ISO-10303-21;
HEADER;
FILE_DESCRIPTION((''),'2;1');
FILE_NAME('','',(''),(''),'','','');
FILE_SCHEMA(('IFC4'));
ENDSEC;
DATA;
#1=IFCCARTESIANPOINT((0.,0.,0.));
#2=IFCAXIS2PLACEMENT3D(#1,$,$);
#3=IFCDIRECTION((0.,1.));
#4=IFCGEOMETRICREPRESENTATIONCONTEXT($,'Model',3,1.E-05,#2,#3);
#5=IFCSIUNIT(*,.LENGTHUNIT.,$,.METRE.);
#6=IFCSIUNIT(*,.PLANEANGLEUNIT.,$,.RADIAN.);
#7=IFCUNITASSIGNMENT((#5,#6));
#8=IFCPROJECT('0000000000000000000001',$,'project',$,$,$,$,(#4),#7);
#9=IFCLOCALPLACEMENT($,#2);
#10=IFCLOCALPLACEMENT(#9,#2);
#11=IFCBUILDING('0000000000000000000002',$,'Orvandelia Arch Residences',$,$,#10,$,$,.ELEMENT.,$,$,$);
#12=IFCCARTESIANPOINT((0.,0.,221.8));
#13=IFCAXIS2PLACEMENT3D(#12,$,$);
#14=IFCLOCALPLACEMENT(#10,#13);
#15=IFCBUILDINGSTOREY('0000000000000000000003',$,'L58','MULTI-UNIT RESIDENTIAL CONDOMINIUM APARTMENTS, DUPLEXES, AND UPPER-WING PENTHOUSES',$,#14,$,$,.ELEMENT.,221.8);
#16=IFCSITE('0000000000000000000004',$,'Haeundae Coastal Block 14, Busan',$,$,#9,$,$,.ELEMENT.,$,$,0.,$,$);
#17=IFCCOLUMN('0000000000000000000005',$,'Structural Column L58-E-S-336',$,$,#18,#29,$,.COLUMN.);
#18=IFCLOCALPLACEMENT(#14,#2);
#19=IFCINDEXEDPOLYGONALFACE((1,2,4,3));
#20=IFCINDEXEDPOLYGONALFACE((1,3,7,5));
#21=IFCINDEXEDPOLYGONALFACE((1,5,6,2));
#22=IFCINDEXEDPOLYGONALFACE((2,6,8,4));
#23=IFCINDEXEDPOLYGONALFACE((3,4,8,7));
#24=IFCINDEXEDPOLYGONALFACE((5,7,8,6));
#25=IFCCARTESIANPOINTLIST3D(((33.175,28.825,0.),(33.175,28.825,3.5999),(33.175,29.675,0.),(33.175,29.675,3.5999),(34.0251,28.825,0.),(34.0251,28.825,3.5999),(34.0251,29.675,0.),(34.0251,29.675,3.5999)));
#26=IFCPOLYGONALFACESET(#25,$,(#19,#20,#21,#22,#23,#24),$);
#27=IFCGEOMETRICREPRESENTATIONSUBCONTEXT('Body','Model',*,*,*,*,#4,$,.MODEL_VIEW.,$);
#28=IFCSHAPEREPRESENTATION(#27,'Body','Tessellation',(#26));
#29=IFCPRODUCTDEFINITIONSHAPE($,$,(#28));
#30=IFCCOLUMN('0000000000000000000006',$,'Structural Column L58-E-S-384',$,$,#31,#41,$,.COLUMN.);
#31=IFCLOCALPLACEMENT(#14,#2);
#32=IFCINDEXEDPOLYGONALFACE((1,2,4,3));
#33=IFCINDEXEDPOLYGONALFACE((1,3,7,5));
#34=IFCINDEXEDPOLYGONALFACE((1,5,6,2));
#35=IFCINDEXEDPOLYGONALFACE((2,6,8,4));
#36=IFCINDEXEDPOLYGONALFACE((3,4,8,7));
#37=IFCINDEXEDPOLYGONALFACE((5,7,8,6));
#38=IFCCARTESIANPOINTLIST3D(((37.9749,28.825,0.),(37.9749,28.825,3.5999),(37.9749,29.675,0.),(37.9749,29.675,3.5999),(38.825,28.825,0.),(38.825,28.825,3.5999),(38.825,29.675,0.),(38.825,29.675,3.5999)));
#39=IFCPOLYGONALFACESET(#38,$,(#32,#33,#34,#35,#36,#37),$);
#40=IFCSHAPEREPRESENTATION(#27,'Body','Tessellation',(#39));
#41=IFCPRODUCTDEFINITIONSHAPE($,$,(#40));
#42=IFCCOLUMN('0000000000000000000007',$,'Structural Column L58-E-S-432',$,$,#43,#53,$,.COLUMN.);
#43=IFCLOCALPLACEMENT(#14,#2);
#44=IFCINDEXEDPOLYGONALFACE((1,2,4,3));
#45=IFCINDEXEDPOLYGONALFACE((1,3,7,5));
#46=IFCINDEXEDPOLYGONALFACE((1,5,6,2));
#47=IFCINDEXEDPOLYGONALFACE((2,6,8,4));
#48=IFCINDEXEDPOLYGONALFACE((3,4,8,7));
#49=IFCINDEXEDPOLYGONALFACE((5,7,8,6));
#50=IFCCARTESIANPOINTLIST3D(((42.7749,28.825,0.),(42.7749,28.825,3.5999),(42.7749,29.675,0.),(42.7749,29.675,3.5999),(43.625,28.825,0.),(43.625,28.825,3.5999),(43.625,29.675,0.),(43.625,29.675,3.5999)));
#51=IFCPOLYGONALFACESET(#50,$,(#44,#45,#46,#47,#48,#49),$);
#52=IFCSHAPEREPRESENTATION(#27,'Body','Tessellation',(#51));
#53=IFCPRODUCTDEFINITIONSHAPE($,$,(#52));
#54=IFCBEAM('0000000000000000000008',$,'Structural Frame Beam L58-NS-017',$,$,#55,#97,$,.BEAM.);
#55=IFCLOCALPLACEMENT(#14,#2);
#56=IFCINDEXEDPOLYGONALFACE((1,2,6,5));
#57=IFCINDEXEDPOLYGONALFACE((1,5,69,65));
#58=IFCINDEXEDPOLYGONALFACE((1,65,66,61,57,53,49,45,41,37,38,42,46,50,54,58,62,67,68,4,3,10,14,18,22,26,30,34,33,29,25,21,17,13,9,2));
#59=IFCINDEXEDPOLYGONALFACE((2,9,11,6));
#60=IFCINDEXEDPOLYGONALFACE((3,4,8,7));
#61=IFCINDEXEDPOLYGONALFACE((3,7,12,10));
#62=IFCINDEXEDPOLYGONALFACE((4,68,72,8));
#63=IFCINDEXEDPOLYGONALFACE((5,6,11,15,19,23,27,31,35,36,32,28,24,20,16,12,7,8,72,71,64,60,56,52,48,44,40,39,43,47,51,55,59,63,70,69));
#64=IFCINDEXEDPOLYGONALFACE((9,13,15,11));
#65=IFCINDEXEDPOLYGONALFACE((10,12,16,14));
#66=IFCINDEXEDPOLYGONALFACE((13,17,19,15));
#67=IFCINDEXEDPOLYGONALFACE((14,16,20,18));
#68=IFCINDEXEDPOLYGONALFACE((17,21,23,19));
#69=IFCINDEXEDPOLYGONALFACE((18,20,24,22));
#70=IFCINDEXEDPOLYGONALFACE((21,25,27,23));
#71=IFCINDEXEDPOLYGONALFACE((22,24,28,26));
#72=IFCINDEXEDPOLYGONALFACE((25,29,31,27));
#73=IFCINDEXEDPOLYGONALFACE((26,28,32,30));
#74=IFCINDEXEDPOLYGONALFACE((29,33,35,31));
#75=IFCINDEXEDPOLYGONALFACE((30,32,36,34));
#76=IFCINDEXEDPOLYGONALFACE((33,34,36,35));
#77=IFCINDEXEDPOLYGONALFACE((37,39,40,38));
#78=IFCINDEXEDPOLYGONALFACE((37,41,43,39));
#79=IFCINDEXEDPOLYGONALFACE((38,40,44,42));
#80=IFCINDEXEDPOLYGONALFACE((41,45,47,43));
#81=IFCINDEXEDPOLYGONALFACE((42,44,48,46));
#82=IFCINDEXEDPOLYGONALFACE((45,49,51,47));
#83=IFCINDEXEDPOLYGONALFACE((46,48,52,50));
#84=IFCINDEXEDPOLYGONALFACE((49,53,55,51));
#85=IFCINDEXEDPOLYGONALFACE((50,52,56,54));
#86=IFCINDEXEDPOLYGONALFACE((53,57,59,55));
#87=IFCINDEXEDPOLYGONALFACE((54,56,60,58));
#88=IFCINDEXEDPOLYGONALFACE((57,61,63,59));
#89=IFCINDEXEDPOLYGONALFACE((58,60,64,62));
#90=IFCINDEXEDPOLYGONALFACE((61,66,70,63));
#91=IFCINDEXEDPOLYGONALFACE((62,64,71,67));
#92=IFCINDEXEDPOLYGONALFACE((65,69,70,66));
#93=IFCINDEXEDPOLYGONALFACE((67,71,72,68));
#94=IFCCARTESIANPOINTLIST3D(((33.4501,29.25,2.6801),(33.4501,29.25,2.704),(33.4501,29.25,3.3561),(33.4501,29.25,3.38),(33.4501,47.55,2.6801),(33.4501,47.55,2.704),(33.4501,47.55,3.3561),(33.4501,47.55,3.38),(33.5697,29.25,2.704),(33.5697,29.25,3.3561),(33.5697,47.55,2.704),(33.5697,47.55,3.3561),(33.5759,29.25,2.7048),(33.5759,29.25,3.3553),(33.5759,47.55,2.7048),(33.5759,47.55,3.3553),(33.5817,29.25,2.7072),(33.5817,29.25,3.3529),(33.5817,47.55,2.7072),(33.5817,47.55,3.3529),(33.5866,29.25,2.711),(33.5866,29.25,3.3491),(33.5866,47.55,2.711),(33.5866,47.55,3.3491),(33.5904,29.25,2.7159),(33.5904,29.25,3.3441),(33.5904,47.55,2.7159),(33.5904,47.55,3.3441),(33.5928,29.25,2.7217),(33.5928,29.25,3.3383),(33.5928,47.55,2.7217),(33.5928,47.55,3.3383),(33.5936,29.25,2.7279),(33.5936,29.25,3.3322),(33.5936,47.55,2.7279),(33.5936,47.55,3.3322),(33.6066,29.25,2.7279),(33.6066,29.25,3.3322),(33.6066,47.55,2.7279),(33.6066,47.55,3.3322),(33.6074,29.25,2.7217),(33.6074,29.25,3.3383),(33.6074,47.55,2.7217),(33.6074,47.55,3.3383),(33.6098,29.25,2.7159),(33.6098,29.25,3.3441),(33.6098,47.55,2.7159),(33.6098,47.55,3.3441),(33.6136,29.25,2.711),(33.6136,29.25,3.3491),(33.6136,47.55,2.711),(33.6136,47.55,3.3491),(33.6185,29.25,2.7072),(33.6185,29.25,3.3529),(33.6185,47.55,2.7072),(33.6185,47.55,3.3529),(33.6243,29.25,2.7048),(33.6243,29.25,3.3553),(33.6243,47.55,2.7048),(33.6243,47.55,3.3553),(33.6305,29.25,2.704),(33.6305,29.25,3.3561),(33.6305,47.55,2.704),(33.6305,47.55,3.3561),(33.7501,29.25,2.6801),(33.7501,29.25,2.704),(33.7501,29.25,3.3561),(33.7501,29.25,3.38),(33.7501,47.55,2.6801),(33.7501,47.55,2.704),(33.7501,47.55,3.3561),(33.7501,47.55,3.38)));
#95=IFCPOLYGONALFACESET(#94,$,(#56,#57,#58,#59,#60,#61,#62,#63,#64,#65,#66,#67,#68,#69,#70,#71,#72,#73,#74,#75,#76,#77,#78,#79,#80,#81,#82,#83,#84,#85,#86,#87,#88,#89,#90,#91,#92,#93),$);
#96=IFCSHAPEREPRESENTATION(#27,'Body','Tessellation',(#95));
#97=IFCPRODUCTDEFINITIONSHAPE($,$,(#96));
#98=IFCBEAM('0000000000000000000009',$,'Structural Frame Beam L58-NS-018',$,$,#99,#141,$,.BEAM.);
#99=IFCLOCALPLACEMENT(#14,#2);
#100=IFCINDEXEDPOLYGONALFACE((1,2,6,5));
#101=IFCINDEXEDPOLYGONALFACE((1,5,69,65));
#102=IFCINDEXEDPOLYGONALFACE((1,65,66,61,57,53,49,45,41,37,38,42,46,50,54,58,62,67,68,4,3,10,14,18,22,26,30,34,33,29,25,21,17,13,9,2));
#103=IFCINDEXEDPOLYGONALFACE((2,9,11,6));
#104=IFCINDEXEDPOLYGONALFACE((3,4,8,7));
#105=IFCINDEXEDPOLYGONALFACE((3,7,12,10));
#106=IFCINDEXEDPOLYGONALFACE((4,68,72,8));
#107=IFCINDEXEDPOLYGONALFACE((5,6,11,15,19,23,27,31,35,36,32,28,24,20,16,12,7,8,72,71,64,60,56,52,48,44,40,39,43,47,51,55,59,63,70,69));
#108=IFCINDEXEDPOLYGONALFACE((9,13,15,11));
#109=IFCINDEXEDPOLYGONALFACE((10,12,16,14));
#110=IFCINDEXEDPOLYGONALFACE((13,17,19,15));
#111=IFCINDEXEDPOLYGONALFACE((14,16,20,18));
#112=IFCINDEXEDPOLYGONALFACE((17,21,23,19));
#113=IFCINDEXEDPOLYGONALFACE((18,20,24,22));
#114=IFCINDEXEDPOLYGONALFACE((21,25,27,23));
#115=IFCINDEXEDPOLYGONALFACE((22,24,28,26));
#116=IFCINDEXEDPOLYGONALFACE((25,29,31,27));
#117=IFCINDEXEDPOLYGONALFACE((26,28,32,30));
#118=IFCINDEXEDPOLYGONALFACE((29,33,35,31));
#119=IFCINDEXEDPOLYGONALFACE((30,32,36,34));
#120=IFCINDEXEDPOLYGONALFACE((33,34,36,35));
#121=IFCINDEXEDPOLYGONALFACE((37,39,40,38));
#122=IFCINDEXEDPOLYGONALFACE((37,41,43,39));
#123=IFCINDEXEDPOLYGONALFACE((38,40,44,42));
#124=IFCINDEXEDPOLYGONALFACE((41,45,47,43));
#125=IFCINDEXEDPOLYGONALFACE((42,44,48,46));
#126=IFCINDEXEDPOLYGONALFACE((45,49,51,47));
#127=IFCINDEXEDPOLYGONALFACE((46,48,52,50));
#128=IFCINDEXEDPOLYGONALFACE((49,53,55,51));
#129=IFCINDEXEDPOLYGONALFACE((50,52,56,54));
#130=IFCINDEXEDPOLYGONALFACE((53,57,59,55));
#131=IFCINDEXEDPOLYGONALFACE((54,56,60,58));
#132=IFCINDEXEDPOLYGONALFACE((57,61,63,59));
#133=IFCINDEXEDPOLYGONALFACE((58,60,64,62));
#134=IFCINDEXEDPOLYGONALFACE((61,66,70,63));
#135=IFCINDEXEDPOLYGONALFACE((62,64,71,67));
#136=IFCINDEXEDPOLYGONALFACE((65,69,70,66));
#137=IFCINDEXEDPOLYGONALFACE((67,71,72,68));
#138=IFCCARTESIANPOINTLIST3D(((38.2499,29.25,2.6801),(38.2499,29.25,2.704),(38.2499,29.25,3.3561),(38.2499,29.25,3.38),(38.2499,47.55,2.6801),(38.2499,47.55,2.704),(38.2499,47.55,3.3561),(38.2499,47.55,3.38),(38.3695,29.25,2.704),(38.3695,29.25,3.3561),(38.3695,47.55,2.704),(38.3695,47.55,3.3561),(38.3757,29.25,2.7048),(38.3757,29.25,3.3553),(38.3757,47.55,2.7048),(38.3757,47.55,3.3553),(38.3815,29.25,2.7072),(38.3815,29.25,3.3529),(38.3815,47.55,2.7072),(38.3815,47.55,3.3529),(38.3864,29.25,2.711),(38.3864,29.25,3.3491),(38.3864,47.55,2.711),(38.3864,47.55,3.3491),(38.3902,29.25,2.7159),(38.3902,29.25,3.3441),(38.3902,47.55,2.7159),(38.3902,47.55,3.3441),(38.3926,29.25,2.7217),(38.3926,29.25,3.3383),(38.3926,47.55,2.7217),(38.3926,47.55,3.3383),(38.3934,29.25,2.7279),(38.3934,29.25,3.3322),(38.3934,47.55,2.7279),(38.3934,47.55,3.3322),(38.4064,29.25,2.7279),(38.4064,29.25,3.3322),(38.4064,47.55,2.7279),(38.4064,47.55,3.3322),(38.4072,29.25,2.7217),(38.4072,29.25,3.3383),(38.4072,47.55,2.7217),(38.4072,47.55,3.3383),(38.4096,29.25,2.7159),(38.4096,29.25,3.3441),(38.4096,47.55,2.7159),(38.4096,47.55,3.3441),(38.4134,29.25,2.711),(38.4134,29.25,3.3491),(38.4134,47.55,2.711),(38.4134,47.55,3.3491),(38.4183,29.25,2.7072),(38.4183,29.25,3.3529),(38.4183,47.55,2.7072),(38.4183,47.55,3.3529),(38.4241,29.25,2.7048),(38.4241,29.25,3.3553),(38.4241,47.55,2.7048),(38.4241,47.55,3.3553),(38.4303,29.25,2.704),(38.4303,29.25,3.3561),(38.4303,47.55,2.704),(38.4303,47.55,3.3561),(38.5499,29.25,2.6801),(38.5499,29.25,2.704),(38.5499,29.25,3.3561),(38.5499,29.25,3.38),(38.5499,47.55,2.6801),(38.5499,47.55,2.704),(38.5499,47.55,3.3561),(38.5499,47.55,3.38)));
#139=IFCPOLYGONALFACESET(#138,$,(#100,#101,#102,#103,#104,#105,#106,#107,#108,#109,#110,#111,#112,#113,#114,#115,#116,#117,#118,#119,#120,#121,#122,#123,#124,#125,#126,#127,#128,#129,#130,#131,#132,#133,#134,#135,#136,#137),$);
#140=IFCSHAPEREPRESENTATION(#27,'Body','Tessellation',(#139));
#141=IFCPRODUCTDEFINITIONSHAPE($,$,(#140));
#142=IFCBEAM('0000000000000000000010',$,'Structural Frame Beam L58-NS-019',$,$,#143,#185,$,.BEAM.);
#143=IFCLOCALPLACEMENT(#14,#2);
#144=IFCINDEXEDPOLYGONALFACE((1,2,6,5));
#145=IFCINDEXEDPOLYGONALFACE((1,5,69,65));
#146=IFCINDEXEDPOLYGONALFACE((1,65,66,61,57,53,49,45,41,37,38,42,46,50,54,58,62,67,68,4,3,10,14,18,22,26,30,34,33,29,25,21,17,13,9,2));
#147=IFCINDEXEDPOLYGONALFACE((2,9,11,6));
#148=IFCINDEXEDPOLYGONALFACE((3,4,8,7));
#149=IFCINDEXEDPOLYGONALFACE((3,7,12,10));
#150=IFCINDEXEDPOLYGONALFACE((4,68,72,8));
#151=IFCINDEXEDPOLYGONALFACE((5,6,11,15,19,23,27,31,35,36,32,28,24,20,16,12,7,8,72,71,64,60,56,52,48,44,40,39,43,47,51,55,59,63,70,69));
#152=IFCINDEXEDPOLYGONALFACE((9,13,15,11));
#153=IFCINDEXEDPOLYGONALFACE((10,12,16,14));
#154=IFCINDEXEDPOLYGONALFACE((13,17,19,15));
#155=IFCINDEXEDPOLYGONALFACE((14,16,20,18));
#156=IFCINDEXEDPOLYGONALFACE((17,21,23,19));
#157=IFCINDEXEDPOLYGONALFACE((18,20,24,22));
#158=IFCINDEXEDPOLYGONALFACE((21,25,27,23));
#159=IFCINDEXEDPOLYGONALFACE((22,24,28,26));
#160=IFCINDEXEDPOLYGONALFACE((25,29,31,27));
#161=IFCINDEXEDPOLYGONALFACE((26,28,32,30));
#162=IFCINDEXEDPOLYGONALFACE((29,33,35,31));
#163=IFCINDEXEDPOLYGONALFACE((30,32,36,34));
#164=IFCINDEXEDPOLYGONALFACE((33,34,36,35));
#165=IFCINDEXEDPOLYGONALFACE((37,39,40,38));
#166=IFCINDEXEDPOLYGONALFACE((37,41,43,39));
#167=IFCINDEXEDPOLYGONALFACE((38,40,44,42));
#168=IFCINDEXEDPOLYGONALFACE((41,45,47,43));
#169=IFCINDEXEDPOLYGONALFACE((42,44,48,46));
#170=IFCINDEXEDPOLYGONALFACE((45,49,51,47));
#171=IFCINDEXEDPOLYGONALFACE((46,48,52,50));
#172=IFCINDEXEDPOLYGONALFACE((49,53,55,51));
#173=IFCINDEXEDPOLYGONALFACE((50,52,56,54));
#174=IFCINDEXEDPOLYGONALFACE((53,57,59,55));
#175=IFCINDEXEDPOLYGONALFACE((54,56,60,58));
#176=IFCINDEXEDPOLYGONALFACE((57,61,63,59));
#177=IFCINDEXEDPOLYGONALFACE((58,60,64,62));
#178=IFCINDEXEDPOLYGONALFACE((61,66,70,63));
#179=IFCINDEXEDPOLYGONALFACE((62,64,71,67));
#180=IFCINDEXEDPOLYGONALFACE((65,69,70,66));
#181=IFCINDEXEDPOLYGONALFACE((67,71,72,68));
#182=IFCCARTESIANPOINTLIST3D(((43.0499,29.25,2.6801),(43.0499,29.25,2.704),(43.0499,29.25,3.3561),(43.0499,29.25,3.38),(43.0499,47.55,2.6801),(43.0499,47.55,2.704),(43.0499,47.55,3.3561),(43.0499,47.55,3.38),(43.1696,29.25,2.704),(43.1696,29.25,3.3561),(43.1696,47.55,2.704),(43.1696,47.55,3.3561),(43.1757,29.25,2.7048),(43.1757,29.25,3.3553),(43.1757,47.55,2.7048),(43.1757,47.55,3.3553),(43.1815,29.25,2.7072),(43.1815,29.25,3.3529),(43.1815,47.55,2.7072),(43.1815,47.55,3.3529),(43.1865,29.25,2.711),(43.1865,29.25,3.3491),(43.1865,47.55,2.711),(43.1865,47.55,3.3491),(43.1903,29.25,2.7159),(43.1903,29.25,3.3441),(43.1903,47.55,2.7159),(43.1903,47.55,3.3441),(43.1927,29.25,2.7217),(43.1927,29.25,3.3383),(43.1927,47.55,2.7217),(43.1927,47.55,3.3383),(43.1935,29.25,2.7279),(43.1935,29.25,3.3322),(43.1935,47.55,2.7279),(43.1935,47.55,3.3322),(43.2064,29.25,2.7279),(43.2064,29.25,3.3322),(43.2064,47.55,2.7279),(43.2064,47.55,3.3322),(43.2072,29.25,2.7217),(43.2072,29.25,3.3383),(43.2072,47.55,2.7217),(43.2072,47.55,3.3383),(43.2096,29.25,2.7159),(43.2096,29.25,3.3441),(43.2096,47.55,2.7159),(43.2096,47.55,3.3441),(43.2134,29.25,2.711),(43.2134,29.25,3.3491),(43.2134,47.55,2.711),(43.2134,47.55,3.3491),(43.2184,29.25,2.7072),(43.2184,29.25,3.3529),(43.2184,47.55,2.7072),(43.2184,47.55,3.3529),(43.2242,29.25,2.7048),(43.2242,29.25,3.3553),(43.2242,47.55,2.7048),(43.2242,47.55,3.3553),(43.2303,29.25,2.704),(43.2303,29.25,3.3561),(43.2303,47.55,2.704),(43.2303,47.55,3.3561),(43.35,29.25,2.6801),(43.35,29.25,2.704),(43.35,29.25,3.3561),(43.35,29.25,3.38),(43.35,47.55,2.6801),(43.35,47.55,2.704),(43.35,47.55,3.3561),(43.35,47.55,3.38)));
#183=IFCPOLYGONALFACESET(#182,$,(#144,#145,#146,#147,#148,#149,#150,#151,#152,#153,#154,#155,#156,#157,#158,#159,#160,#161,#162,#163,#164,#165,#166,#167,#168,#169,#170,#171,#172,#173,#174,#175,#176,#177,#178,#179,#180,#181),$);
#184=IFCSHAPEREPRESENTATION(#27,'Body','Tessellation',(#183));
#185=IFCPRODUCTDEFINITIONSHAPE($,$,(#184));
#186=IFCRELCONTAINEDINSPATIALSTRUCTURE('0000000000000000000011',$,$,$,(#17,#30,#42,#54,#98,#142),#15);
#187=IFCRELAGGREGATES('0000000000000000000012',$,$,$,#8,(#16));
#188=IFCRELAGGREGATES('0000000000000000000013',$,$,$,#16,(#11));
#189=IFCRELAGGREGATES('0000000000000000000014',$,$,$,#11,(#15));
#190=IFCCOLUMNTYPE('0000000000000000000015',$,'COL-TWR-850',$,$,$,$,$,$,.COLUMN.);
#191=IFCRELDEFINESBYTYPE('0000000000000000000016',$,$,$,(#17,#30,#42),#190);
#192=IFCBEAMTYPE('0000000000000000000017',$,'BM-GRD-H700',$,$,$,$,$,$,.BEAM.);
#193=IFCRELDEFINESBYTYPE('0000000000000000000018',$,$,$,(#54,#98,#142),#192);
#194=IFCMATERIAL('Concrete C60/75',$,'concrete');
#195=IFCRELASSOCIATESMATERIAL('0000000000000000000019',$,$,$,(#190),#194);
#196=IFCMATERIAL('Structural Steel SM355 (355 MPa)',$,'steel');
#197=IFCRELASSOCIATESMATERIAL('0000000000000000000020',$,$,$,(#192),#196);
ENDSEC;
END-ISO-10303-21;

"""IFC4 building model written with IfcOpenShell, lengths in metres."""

from ifc_helpers import new_model, si_unit, direction, frame, origin, origin_2d, place, context, subcontext, project, spatial, rectangle, i_section, extrude, material, material_profile, profile_set, type_object, element, save


model = new_model("IFC4")

# Units and contexts
model_context = context("Model", 3, precision=1e-05, world=origin(), true_north=direction((0.0, 1.0)))
body_context = subcontext(model_context, "Body", "Model", "MODEL_VIEW")
ifc_project = project(units=[si_unit("LENGTHUNIT", "METRE"), si_unit("PLANEANGLEUNIT", "RADIAN")], contexts=[model_context])

# Site, building, storey
site_placement = place(None, origin())
site = spatial("IfcSite", under=ifc_project, at=site_placement, Name="Haeundae Coastal Block 14, Busan", CompositionType="ELEMENT", RefElevation=0.0)
building_placement = place(site_placement, origin())
building = spatial("IfcBuilding", under=site, at=building_placement, Name="Orvandelia Arch Residences", CompositionType="ELEMENT")
storey_placement = place(building_placement, frame((0.0, 0.0, 221.8)))
storey = spatial("IfcBuildingStorey", under=building, at=storey_placement, Name="L58", Description="MULTI-UNIT RESIDENTIAL CONDOMINIUM APARTMENTS, DUPLEXES, AND UPPER-WING PENTHOUSES", CompositionType="ELEMENT", Elevation=221.8)

# Columns
ifc_material_1 = material(Name="Concrete C60/75", Category="concrete")
ifc_material_profile_1 = material_profile(ifc_material_1, rectangle(XDim=0.8501, YDim=0.8501, at=origin_2d()), Name="Concrete C60/75", Category="concrete")
ifc_profile_set_1 = profile_set([ifc_material_profile_1], Name="Concrete C60/75")
column_type = type_object("IfcColumnType", Name="COL-TWR-850", PredefinedType="COLUMN", material=ifc_profile_set_1)
for number, where, z_axis, x_axis, name in (
    (1, (33.6001, 29.25, 0.0), (0.0, 0.0, 1.0), (1.0, 0.0, 0.0), "Structural Column L58-E-S-336"),
    (2, (38.3999, 29.25, 0.0), (0.0, 0.0, 1.0), (1.0, 0.0, 0.0), "Structural Column L58-E-S-384"),
    (3, (43.2, 29.25, 0.0), (0.0, 0.0, 1.0), (1.0, 0.0, 0.0), "Structural Column L58-E-S-432"),
):
    element("IfcColumn", number, at=place(storey_placement, frame(where, z_axis=z_axis, x_axis=x_axis)), inside=storey, type_object=column_type, Name=name, PredefinedType="COLUMN", context=body_context, shape_type="SweptSolid", body=[
        extrude(rectangle(XDim=0.8501, YDim=0.8501, at=origin_2d()), origin(), (0.0, 0.0, 1.0), 3.5999),
    ])

# Beams
ifc_material_2 = material(Name="Structural Steel SM355 (355 MPa)", Category="steel")
ifc_material_profile_2 = material_profile(ifc_material_2, i_section(OverallWidth=0.3, OverallDepth=0.7, WebThickness=0.0129, FlangeThickness=0.0239, FilletRadius=0.0239, at=origin_2d()), Name="Structural Steel SM355 (355 MPa)", Category="steel")
ifc_profile_set_2 = profile_set([ifc_material_profile_2], Name="Structural Steel SM355 (355 MPa)")
beam_type = type_object("IfcBeamType", Name="BM-GRD-H700", PredefinedType="BEAM", material=ifc_profile_set_2)
for number, where, z_axis, x_axis, name in (
    (4, (33.6001, 29.25, 3.03), (0.0, 1.0, 0.0), (-1.0, 0.0, 0.0), "Structural Frame Beam L58-NS-017"),
    (5, (38.3999, 29.25, 3.03), (0.0, 1.0, 0.0), (-1.0, 0.0, 0.0), "Structural Frame Beam L58-NS-018"),
    (6, (43.2, 29.25, 3.03), (0.0, 1.0, 0.0), (-1.0, 0.0, 0.0), "Structural Frame Beam L58-NS-019"),
):
    element("IfcBeam", number, at=place(storey_placement, frame(where, z_axis=z_axis, x_axis=x_axis)), inside=storey, type_object=beam_type, Name=name, PredefinedType="BEAM", context=body_context, shape_type="SweptSolid", body=[
        extrude(i_section(OverallWidth=0.3, OverallDepth=0.7, WebThickness=0.0129, FlangeThickness=0.0239, FilletRadius=0.0239, at=origin_2d()), origin(), (0.0, 0.0, 1.0), 18.3),
    ])

save(model, "model.ifc")
